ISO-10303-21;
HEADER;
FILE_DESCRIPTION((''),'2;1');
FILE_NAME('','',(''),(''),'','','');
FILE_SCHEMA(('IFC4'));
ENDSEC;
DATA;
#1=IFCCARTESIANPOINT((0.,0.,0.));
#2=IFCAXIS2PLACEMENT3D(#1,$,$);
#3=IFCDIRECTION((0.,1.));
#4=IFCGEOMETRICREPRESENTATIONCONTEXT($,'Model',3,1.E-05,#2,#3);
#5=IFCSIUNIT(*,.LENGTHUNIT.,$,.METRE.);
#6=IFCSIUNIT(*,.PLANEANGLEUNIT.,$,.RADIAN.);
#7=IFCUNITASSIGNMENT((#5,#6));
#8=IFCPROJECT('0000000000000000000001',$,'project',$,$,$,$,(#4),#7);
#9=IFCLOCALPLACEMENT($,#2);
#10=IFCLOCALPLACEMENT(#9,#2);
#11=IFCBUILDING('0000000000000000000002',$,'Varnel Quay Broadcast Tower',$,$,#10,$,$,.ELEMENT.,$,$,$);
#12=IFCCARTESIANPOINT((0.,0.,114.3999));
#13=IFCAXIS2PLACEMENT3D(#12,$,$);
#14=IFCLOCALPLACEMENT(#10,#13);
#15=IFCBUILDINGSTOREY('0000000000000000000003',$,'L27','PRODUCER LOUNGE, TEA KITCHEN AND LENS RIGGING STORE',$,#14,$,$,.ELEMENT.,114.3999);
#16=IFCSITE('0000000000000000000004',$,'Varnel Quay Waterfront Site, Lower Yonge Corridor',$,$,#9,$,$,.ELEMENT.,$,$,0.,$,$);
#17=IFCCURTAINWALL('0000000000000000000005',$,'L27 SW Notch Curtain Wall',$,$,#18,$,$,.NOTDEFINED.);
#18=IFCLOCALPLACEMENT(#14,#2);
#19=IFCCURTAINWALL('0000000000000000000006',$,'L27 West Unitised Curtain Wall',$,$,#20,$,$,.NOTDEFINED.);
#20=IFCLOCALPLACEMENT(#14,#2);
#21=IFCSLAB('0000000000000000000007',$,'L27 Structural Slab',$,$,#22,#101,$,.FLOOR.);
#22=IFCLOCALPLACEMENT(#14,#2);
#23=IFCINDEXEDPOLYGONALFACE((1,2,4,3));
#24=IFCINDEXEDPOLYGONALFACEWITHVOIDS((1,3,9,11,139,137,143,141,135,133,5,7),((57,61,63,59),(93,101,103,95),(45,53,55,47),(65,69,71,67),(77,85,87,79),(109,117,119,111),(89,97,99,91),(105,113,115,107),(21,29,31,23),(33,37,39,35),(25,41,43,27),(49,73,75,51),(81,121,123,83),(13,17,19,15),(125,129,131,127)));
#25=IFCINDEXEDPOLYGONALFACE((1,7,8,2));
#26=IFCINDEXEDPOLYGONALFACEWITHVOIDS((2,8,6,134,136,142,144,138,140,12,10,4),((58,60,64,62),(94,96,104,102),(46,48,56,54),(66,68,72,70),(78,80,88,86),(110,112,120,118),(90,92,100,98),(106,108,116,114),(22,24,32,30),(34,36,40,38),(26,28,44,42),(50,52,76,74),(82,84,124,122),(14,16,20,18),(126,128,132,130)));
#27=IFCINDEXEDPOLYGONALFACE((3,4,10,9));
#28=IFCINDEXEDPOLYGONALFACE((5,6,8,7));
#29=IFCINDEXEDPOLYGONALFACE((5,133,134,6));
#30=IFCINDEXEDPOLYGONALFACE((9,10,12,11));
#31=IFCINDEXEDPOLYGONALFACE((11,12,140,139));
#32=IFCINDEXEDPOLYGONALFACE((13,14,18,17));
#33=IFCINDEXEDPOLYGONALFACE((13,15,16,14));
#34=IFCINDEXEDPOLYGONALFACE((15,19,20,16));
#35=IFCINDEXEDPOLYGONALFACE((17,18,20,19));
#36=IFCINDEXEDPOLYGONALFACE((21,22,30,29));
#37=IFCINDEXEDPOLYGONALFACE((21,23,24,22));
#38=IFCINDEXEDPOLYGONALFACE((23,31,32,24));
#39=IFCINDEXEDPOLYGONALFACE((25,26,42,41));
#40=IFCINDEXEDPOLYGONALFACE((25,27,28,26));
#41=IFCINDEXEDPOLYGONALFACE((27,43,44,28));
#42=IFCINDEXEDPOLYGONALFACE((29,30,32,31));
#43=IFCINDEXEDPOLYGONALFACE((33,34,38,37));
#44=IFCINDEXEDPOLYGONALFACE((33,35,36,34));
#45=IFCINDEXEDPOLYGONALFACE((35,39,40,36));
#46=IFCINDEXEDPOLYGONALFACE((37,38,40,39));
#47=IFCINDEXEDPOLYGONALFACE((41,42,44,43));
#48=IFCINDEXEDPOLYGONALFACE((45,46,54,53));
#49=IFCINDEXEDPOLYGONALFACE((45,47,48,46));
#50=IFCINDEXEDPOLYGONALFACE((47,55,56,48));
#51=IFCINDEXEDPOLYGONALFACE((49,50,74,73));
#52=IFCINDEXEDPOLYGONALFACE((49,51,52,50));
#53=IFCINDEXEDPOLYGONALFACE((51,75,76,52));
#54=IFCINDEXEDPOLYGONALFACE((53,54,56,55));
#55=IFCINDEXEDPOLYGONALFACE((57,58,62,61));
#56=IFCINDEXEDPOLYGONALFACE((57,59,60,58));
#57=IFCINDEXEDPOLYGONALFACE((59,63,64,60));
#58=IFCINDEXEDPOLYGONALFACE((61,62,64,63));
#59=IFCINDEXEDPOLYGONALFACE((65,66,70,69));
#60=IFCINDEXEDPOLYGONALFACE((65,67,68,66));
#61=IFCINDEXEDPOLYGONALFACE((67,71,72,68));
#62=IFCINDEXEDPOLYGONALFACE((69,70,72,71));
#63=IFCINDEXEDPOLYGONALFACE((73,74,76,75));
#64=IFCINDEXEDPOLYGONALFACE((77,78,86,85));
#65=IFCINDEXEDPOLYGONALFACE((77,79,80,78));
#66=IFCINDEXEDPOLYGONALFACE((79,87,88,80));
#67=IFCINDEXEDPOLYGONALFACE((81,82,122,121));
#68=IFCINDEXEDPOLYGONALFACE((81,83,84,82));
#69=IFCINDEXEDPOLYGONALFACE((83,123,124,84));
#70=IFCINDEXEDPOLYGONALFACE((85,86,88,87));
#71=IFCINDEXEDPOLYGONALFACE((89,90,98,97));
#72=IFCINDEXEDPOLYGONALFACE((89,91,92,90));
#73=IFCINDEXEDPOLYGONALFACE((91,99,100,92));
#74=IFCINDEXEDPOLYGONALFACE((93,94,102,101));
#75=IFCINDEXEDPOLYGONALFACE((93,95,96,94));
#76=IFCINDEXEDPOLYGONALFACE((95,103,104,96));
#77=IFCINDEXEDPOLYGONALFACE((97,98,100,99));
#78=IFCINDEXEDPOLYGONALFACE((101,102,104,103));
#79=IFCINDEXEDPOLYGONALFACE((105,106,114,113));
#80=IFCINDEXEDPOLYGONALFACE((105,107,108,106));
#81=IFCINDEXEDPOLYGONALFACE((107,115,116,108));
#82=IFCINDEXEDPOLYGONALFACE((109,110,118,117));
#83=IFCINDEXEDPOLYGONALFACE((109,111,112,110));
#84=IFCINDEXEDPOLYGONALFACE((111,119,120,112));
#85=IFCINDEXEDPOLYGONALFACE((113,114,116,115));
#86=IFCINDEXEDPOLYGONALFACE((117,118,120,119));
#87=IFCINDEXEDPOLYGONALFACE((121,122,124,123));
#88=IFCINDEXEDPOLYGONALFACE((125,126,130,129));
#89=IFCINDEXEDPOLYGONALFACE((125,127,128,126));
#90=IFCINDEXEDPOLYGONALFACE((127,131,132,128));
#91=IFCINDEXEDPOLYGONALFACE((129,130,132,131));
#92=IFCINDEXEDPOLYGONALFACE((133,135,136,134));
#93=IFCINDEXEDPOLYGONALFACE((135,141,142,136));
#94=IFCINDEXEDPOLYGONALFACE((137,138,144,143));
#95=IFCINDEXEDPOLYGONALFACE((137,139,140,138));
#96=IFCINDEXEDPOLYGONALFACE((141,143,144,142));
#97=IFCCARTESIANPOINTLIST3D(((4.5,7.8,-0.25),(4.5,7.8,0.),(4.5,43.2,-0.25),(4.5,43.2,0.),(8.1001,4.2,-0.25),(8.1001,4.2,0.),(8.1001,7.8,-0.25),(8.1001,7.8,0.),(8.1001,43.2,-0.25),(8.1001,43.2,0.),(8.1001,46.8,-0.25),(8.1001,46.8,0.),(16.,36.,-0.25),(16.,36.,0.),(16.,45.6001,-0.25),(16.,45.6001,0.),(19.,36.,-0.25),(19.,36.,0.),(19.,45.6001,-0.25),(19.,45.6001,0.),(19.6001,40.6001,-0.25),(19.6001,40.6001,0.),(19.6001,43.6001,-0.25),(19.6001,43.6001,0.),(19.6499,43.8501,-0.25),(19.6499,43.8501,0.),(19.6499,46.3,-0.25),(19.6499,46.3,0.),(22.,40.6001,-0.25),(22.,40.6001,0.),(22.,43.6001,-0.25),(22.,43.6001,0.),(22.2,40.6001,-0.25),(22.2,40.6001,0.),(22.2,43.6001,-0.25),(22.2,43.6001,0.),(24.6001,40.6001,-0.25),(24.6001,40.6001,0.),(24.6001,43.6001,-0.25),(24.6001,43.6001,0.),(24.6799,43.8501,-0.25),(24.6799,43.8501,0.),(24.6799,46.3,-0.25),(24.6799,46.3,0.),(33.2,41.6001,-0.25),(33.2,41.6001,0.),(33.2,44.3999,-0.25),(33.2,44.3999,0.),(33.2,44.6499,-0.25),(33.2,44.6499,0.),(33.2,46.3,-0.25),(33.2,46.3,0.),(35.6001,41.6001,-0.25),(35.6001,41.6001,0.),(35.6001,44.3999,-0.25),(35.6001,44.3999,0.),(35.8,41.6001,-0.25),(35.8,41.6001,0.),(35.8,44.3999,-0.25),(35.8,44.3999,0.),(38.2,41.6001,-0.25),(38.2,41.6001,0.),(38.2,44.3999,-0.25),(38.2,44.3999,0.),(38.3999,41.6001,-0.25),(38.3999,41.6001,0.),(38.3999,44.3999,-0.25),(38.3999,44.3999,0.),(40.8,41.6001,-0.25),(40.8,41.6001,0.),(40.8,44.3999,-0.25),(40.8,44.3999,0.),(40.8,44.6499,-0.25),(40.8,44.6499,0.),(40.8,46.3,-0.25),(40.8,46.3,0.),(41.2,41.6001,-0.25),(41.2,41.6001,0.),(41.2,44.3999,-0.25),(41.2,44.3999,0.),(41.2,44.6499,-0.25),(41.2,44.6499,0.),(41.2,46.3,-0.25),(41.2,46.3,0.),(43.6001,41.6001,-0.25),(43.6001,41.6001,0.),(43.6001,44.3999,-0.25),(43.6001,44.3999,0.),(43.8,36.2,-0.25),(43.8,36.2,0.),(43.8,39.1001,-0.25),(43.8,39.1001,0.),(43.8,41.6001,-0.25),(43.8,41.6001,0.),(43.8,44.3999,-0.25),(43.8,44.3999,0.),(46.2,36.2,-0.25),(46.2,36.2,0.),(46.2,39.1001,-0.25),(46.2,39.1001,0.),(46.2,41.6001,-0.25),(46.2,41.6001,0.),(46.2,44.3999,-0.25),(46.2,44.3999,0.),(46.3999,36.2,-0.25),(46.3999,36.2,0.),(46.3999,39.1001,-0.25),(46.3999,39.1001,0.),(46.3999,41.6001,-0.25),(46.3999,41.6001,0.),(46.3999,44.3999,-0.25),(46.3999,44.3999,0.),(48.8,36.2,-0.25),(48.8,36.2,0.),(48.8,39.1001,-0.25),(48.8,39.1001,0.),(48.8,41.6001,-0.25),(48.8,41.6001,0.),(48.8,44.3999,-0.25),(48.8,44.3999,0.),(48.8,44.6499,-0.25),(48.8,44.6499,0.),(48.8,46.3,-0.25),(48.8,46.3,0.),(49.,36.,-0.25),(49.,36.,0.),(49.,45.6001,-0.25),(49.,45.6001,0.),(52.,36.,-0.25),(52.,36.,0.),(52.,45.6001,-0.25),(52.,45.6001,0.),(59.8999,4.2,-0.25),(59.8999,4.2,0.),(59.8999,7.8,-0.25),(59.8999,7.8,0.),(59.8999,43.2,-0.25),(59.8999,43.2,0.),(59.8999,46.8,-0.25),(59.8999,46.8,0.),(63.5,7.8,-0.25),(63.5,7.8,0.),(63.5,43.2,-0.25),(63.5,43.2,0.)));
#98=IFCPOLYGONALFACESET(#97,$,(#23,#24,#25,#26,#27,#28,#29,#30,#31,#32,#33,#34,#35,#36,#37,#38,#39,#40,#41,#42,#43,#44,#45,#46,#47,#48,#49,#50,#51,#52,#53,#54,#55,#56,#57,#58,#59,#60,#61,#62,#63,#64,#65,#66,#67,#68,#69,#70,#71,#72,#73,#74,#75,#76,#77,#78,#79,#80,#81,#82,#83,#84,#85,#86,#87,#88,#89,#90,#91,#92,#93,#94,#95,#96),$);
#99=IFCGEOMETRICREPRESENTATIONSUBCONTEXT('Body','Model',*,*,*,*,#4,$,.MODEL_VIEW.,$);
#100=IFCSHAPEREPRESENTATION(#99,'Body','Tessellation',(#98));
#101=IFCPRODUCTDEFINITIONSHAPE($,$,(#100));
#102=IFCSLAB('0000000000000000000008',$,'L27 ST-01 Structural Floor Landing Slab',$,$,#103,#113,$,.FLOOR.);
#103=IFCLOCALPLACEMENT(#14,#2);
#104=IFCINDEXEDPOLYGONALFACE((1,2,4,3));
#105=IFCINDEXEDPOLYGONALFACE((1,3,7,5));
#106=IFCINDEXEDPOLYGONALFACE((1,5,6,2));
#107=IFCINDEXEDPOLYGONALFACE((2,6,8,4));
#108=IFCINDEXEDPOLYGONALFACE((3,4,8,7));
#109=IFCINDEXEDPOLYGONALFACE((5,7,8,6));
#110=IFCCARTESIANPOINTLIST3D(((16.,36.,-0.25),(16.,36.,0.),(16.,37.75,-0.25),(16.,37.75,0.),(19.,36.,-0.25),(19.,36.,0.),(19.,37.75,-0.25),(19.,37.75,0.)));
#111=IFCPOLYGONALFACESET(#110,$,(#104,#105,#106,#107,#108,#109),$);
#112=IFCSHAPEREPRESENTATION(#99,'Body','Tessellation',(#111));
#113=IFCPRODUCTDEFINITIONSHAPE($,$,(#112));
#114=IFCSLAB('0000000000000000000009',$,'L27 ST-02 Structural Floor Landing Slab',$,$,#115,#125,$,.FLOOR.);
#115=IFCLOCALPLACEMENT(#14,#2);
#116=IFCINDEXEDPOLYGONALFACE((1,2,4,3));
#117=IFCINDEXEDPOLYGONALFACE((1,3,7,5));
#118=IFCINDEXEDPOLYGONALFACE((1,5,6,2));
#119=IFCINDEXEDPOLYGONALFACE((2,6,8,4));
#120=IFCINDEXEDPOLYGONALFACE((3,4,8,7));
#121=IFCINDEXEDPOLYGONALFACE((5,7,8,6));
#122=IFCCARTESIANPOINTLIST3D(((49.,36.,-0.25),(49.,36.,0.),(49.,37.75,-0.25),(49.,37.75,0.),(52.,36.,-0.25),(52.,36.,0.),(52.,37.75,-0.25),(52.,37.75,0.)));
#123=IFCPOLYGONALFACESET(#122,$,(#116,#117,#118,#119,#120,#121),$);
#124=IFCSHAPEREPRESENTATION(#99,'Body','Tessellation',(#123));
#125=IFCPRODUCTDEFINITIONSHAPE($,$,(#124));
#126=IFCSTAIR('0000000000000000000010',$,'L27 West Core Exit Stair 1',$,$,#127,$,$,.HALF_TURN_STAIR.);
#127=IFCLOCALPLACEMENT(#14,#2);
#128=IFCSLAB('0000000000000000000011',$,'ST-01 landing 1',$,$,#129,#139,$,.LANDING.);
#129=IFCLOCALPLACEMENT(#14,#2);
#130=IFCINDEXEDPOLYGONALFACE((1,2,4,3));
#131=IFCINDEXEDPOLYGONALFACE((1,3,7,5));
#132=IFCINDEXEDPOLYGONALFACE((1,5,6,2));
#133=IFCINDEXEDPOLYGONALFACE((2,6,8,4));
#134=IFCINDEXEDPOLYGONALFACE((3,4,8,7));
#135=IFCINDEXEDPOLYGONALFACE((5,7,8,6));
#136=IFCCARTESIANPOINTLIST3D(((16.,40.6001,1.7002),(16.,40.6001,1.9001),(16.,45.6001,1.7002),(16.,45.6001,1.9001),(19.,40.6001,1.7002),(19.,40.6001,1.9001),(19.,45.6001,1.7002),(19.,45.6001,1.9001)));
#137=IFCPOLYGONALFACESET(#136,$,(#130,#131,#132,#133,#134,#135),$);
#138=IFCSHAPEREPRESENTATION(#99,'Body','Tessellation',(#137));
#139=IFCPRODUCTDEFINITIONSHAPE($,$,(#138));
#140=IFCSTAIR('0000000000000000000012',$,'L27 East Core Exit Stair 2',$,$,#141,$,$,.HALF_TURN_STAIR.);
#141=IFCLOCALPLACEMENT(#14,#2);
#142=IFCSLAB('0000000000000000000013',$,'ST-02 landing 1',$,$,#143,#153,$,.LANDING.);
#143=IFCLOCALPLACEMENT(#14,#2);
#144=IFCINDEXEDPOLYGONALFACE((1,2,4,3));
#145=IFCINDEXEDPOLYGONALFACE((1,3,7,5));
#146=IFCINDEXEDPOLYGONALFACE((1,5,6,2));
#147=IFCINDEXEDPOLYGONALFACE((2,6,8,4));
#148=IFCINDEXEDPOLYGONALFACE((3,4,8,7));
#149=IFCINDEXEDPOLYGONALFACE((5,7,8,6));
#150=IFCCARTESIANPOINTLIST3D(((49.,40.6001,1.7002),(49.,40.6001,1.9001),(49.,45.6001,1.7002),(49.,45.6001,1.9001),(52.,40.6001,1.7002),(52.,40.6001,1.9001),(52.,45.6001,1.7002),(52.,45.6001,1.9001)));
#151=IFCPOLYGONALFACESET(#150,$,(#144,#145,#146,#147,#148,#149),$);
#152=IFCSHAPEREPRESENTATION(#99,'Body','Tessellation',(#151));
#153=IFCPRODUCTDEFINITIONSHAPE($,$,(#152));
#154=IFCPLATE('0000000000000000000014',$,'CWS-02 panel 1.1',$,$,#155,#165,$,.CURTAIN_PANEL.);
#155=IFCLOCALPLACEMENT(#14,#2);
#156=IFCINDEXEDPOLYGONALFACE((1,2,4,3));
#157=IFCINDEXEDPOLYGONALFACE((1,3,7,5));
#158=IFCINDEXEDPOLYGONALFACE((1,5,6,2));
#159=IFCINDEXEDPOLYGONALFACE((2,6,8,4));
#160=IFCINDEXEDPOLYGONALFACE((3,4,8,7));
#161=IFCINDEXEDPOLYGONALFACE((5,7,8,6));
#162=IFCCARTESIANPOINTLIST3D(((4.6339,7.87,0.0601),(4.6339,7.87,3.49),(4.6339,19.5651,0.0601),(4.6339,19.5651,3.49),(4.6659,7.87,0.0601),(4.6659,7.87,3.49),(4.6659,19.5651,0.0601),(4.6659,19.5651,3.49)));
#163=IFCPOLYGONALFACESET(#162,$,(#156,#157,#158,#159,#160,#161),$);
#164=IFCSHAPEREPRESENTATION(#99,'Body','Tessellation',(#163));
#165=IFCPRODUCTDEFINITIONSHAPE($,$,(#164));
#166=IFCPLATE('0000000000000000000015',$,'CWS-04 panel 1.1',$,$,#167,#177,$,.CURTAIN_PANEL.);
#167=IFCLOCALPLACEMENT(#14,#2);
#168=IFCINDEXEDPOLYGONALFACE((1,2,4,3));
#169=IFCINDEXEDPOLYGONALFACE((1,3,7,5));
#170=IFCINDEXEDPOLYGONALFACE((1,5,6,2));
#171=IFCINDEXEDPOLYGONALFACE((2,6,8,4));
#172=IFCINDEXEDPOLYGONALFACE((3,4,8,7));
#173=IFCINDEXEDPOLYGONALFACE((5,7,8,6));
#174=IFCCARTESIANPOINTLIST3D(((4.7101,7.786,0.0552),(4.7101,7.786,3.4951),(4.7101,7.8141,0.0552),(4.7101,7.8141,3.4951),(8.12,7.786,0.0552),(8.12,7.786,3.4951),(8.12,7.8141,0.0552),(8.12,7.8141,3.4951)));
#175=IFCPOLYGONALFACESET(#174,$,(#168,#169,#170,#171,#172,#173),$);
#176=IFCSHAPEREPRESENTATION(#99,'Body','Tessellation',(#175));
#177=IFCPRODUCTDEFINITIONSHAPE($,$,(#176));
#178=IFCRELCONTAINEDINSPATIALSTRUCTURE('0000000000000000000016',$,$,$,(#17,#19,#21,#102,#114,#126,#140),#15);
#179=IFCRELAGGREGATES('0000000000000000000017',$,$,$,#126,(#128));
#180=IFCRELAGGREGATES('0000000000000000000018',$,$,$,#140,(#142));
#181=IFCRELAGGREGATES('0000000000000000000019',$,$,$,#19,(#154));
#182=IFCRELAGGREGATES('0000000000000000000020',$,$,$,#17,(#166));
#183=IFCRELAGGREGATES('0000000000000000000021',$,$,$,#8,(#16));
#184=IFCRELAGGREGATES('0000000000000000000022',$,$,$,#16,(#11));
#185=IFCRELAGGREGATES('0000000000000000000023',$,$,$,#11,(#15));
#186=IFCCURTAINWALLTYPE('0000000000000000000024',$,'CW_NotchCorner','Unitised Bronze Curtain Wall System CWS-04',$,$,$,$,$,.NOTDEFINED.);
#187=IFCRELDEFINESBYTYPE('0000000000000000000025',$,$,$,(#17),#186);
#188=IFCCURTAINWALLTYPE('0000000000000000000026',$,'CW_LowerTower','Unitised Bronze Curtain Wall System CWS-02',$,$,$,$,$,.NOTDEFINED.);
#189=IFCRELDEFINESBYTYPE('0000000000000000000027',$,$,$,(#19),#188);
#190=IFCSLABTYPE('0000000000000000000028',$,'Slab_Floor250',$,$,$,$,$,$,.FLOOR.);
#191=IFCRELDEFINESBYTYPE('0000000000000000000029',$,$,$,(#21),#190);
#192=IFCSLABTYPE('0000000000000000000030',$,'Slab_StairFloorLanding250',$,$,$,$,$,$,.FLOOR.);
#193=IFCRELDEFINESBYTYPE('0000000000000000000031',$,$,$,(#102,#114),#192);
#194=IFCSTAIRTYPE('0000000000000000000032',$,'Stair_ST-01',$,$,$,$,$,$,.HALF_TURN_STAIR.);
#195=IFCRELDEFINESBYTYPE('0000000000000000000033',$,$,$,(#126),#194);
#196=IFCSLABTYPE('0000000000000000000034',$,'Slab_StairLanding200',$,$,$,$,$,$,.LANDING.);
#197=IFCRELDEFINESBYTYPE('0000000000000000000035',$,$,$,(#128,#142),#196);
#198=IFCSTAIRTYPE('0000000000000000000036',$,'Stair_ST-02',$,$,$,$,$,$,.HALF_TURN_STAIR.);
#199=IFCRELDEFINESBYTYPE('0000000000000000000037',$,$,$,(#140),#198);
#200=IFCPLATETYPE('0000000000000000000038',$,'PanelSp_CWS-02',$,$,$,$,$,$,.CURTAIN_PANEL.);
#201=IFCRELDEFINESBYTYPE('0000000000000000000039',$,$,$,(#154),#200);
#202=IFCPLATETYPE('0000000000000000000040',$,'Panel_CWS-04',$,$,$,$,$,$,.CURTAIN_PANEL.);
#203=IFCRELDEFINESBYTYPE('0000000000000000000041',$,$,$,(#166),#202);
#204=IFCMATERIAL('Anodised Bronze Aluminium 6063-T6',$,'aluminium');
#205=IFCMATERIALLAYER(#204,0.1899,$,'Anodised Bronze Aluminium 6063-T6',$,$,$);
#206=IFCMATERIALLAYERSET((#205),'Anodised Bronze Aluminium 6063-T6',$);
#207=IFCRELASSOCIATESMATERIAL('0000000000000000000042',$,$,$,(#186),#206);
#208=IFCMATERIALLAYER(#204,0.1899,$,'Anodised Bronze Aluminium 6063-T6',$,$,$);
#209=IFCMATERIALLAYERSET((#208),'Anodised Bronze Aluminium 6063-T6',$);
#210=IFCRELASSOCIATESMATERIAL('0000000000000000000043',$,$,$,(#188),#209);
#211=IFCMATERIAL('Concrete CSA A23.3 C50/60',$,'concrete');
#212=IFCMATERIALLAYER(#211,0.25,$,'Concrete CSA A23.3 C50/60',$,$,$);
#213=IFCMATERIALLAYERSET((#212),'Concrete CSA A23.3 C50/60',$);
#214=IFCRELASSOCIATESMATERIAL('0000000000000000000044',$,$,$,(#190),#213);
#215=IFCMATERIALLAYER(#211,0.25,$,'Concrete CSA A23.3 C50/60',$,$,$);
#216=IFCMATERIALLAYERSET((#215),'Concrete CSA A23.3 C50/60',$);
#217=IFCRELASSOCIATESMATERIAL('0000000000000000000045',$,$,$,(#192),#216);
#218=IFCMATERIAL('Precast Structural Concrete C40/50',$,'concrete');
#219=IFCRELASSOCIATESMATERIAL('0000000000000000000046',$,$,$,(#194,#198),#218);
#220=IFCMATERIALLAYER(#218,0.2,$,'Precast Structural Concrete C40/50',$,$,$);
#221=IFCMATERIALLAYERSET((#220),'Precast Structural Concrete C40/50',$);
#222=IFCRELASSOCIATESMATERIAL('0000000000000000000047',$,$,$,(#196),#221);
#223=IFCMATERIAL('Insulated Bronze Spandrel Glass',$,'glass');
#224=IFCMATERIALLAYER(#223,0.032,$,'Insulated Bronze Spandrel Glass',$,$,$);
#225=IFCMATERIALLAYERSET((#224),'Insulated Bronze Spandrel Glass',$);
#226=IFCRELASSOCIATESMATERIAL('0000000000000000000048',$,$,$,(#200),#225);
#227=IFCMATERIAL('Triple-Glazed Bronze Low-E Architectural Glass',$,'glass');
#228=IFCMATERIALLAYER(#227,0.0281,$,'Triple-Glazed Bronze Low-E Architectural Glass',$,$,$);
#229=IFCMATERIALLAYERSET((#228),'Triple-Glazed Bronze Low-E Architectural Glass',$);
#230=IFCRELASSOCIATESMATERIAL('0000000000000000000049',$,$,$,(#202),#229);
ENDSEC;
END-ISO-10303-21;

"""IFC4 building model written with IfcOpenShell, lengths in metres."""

from ifc_helpers import new_model, si_unit, direction, frame, origin, origin_2d, place, context, subcontext, project, spatial, polyline, rectangle, outline, extrude, source, transform, mapped, material, layer, layer_set, type_object, type_shapes, element, aggregate, save


model = new_model("IFC4")

# Units and contexts
model_context = context("Model", 3, precision=1e-05, world=origin(), true_north=direction((0.0, 1.0)))
body_context = subcontext(model_context, "Body", "Model", "MODEL_VIEW")
ifc_project = project(units=[si_unit("LENGTHUNIT", "METRE"), si_unit("PLANEANGLEUNIT", "RADIAN")], contexts=[model_context])

# Site, building, storey
site_placement = place(None, origin())
site = spatial("IfcSite", under=ifc_project, at=site_placement, Name="Varnel Quay Waterfront Site, Lower Yonge Corridor", CompositionType="ELEMENT", RefElevation=0.0)
building_placement = place(site_placement, origin())
building = spatial("IfcBuilding", under=site, at=building_placement, Name="Varnel Quay Broadcast Tower", CompositionType="ELEMENT")
storey_placement = place(building_placement, frame((0.0, 0.0, 114.3999)))
storey = spatial("IfcBuildingStorey", under=building, at=storey_placement, Name="L27", Description="PRODUCER LOUNGE, TEA KITCHEN AND LENS RIGGING STORE", CompositionType="ELEMENT", Elevation=114.3999)

# Curtain walls
ifc_material_1 = material(Name="Anodised Bronze Aluminium 6063-T6", Category="aluminium")
ifc_layer_1 = layer(ifc_material_1, 0.1899, Name="Anodised Bronze Aluminium 6063-T6")
ifc_layer_set_1 = layer_set([ifc_layer_1], Name="Anodised Bronze Aluminium 6063-T6")
curtain_wall_type_1 = type_object("IfcCurtainWallType", Name="CW_NotchCorner", Description="Unitised Bronze Curtain Wall System CWS-04", PredefinedType="NOTDEFINED", material=ifc_layer_set_1)
curtain_wall_1_placement = place(storey_placement, origin())
curtain_wall_1 = element("IfcCurtainWall", 1, at=curtain_wall_1_placement, inside=storey, type_object=curtain_wall_type_1, Name="L27 SW Notch Curtain Wall", PredefinedType="NOTDEFINED")
ifc_layer_2 = layer(ifc_material_1, 0.1899, Name="Anodised Bronze Aluminium 6063-T6")
ifc_layer_set_2 = layer_set([ifc_layer_2], Name="Anodised Bronze Aluminium 6063-T6")
curtain_wall_type_2 = type_object("IfcCurtainWallType", Name="CW_LowerTower", Description="Unitised Bronze Curtain Wall System CWS-02", PredefinedType="NOTDEFINED", material=ifc_layer_set_2)
curtain_wall_2_placement = place(storey_placement, origin())
curtain_wall_2 = element("IfcCurtainWall", 2, at=curtain_wall_2_placement, inside=storey, type_object=curtain_wall_type_2, Name="L27 West Unitised Curtain Wall", PredefinedType="NOTDEFINED")

# Slabs
ifc_material_2 = material(Name="Concrete CSA A23.3 C50/60", Category="concrete")
ifc_layer_3 = layer(ifc_material_2, 0.25, Name="Concrete CSA A23.3 C50/60")
ifc_layer_set_3 = layer_set([ifc_layer_3], Name="Concrete CSA A23.3 C50/60")
slab_type_1 = type_object("IfcSlabType", Name="Slab_Floor250", PredefinedType="FLOOR", material=ifc_layer_set_3)
slab_1_placement = place(storey_placement, frame((0.0, 0.0, -0.25)))
element("IfcSlab", 3, at=slab_1_placement, inside=storey, type_object=slab_type_1, Name="L27 Structural Slab", PredefinedType="FLOOR", context=body_context, shape_type="SweptSolid", body=[
    extrude(outline(polyline([(8.1001, 4.2), (59.8999, 4.2), (59.8999, 7.8), (63.5, 7.8), (63.5, 43.2), (59.8999, 43.2), (59.8999, 46.8), (8.1001, 46.8), (8.1001, 43.2), (4.5, 43.2), (4.5, 7.8), (8.1001, 7.8), (8.1001, 4.2)]), holes=[polyline([(19.0, 36.0), (16.0, 36.0), (16.0, 45.6001), (19.0, 45.6001), (19.0, 36.0)]), polyline([(19.6001, 43.6001), (22.0, 43.6001), (22.0, 40.6001), (19.6001, 40.6001), (19.6001, 43.6001)]), polyline([(22.2, 43.6001), (24.6001, 43.6001), (24.6001, 40.6001), (22.2, 40.6001), (22.2, 43.6001)]), polyline([(33.2, 44.3999), (35.6001, 44.3999), (35.6001, 41.6001), (33.2, 41.6001), (33.2, 44.3999)]), polyline([(35.8, 44.3999), (38.2, 44.3999), (38.2, 41.6001), (35.8, 41.6001), (35.8, 44.3999)]), polyline([(38.3999, 44.3999), (40.8, 44.3999), (40.8, 41.6001), (38.3999, 41.6001), (38.3999, 44.3999)]), polyline([(19.6499, 46.3), (24.6799, 46.3), (24.6799, 43.8501), (19.6499, 43.8501), (19.6499, 46.3)]), polyline([(33.2, 46.3), (40.8, 46.3), (40.8, 44.6499), (33.2, 44.6499), (33.2, 46.3)]), polyline([(43.8, 39.1001), (46.2, 39.1001), (46.2, 36.2), (43.8, 36.2), (43.8, 39.1001)]), polyline([(46.3999, 39.1001), (48.8, 39.1001), (48.8, 36.2), (46.3999, 36.2), (46.3999, 39.1001)]), polyline([(49.0, 36.0), (49.0, 45.6001), (52.0, 45.6001), (52.0, 36.0), (49.0, 36.0)]), polyline([(41.2, 44.3999), (43.6001, 44.3999), (43.6001, 41.6001), (41.2, 41.6001), (41.2, 44.3999)]), polyline([(43.8, 44.3999), (46.2, 44.3999), (46.2, 41.6001), (43.8, 41.6001), (43.8, 44.3999)]), polyline([(46.3999, 44.3999), (48.8, 44.3999), (48.8, 41.6001), (46.3999, 41.6001), (46.3999, 44.3999)]), polyline([(41.2, 46.3), (48.8, 46.3), (48.8, 44.6499), (41.2, 44.6499), (41.2, 46.3)])]), origin(), (0.0, 0.0, 1.0), 0.25),
])
ifc_layer_4 = layer(ifc_material_2, 0.25, Name="Concrete CSA A23.3 C50/60")
ifc_layer_set_4 = layer_set([ifc_layer_4], Name="Concrete CSA A23.3 C50/60")
slab_type_2 = type_object("IfcSlabType", Name="Slab_StairFloorLanding250", PredefinedType="FLOOR", material=ifc_layer_set_4)
slab_2_placement = place(storey_placement, frame((0.0, 0.0, -0.25)))
element("IfcSlab", 4, at=slab_2_placement, inside=storey, type_object=slab_type_2, Name="L27 ST-01 Structural Floor Landing Slab", PredefinedType="FLOOR", context=body_context, shape_type="SweptSolid", body=[
    extrude(outline(polyline([(19.0, 36.0), (19.0, 37.75), (16.0, 37.75), (16.0, 36.0), (19.0, 36.0)])), origin(), (0.0, 0.0, 1.0), 0.25),
])
slab_3_placement = place(storey_placement, frame((0.0, 0.0, -0.25)))
element("IfcSlab", 5, at=slab_3_placement, inside=storey, type_object=slab_type_2, Name="L27 ST-02 Structural Floor Landing Slab", PredefinedType="FLOOR", context=body_context, shape_type="SweptSolid", body=[
    extrude(outline(polyline([(52.0, 36.0), (52.0, 37.75), (49.0, 37.75), (49.0, 36.0), (52.0, 36.0)])), origin(), (0.0, 0.0, 1.0), 0.25),
])

# Stairs, slabs
ifc_material_3 = material(Name="Precast Structural Concrete C40/50", Category="concrete")
stair_type_1 = type_object("IfcStairType", Name="Stair_ST-01", PredefinedType="HALF_TURN_STAIR", material=ifc_material_3)
stair_1_placement = place(storey_placement, origin())
stair_1 = element("IfcStair", 6, at=stair_1_placement, inside=storey, type_object=stair_type_1, Name="L27 West Core Exit Stair 1", PredefinedType="HALF_TURN_STAIR")
ifc_layer_5 = layer(ifc_material_3, 0.2, Name="Precast Structural Concrete C40/50")
ifc_layer_set_5 = layer_set([ifc_layer_5], Name="Precast Structural Concrete C40/50")
slab_type_3 = type_object("IfcSlabType", Name="Slab_StairLanding200", PredefinedType="LANDING", material=ifc_layer_set_5)
slab_4_placement = place(storey_placement, frame((0.0, 0.0, 1.7002)))
slab_4 = element("IfcSlab", 7, at=slab_4_placement, type_object=slab_type_3, Name="ST-01 landing 1", PredefinedType="LANDING", context=body_context, shape_type="SweptSolid", body=[
    extrude(outline(polyline([(19.0, 40.6001), (19.0, 45.6001), (16.0, 45.6001), (16.0, 40.6001), (19.0, 40.6001)])), origin(), (0.0, 0.0, 1.0), 0.2),
])
aggregate(stair_1, [slab_4])
stair_type_2 = type_object("IfcStairType", Name="Stair_ST-02", PredefinedType="HALF_TURN_STAIR", material=ifc_material_3)
stair_2_placement = place(storey_placement, origin())
stair_2 = element("IfcStair", 8, at=stair_2_placement, inside=storey, type_object=stair_type_2, Name="L27 East Core Exit Stair 2", PredefinedType="HALF_TURN_STAIR")
slab_5_placement = place(storey_placement, frame((0.0, 0.0, 1.7002)))
slab_5 = element("IfcSlab", 9, at=slab_5_placement, type_object=slab_type_3, Name="ST-02 landing 1", PredefinedType="LANDING", context=body_context, shape_type="SweptSolid", body=[
    extrude(outline(polyline([(52.0, 40.6001), (52.0, 45.6001), (49.0, 45.6001), (49.0, 40.6001), (52.0, 40.6001)])), origin(), (0.0, 0.0, 1.0), 0.2),
])
aggregate(stair_2, [slab_5])

# Plates
ifc_material_4 = material(Name="Insulated Bronze Spandrel Glass", Category="glass")
ifc_layer_6 = layer(ifc_material_4, 0.032, Name="Insulated Bronze Spandrel Glass")
ifc_layer_set_6 = layer_set([ifc_layer_6], Name="Insulated Bronze Spandrel Glass")
plate_type_1 = type_object("IfcPlateType", Name="PanelSp_CWS-02", PredefinedType="CURTAIN_PANEL", material=ifc_layer_set_6)
shared_shape_1 = source(origin(), body_context, "Body", "SweptSolid", [
    extrude(rectangle(XDim=11.6951, YDim=0.032, at=origin_2d()), origin(), (0.0, 0.0, 1.0), 3.4299),
])
type_shapes(plate_type_1, [shared_shape_1])
plate_1_placement = place(storey_placement, frame((4.6499, 13.7175, 0.0601), z_axis=(0.0, 0.0, 1.0), x_axis=(0.0, 1.0, 0.0)))
plate_1 = element("IfcPlate", 10, at=plate_1_placement, type_object=plate_type_1, Name="CWS-02 panel 1.1", PredefinedType="CURTAIN_PANEL", context=body_context, shape_type="MappedRepresentation", body=[
    mapped(shared_shape_1, transform((0.0, 0.0, 0.0), x_axis=(1.0, 0.0, 0.0), y_axis=(0.0, 1.0, 0.0), z_axis=(0.0, 0.0, 1.0), scale=1.0)),
])
aggregate(curtain_wall_2, [plate_1])
ifc_material_5 = material(Name="Triple-Glazed Bronze Low-E Architectural Glass", Category="glass")
ifc_layer_7 = layer(ifc_material_5, 0.0281, Name="Triple-Glazed Bronze Low-E Architectural Glass")
ifc_layer_set_7 = layer_set([ifc_layer_7], Name="Triple-Glazed Bronze Low-E Architectural Glass")
plate_type_2 = type_object("IfcPlateType", Name="Panel_CWS-04", PredefinedType="CURTAIN_PANEL", material=ifc_layer_set_7)
shared_shape_2 = source(origin(), body_context, "Body", "SweptSolid", [
    extrude(rectangle(XDim=3.4099, YDim=0.0281, at=origin_2d()), origin(), (0.0, 0.0, 1.0), 3.4399),
])
type_shapes(plate_type_2, [shared_shape_2])
plate_2_placement = place(storey_placement, frame((6.415, 7.8, 0.0552), z_axis=(0.0, 0.0, 1.0), x_axis=(1.0, 0.0, 0.0)))
plate_2 = element("IfcPlate", 11, at=plate_2_placement, type_object=plate_type_2, Name="CWS-04 panel 1.1", PredefinedType="CURTAIN_PANEL", context=body_context, shape_type="MappedRepresentation", body=[
    mapped(shared_shape_2, transform((0.0, 0.0, 0.0), x_axis=(1.0, 0.0, 0.0), y_axis=(0.0, 1.0, 0.0), z_axis=(0.0, 0.0, 1.0), scale=1.0)),
])
aggregate(curtain_wall_1, [plate_2])

save(model, "model.ifc")
